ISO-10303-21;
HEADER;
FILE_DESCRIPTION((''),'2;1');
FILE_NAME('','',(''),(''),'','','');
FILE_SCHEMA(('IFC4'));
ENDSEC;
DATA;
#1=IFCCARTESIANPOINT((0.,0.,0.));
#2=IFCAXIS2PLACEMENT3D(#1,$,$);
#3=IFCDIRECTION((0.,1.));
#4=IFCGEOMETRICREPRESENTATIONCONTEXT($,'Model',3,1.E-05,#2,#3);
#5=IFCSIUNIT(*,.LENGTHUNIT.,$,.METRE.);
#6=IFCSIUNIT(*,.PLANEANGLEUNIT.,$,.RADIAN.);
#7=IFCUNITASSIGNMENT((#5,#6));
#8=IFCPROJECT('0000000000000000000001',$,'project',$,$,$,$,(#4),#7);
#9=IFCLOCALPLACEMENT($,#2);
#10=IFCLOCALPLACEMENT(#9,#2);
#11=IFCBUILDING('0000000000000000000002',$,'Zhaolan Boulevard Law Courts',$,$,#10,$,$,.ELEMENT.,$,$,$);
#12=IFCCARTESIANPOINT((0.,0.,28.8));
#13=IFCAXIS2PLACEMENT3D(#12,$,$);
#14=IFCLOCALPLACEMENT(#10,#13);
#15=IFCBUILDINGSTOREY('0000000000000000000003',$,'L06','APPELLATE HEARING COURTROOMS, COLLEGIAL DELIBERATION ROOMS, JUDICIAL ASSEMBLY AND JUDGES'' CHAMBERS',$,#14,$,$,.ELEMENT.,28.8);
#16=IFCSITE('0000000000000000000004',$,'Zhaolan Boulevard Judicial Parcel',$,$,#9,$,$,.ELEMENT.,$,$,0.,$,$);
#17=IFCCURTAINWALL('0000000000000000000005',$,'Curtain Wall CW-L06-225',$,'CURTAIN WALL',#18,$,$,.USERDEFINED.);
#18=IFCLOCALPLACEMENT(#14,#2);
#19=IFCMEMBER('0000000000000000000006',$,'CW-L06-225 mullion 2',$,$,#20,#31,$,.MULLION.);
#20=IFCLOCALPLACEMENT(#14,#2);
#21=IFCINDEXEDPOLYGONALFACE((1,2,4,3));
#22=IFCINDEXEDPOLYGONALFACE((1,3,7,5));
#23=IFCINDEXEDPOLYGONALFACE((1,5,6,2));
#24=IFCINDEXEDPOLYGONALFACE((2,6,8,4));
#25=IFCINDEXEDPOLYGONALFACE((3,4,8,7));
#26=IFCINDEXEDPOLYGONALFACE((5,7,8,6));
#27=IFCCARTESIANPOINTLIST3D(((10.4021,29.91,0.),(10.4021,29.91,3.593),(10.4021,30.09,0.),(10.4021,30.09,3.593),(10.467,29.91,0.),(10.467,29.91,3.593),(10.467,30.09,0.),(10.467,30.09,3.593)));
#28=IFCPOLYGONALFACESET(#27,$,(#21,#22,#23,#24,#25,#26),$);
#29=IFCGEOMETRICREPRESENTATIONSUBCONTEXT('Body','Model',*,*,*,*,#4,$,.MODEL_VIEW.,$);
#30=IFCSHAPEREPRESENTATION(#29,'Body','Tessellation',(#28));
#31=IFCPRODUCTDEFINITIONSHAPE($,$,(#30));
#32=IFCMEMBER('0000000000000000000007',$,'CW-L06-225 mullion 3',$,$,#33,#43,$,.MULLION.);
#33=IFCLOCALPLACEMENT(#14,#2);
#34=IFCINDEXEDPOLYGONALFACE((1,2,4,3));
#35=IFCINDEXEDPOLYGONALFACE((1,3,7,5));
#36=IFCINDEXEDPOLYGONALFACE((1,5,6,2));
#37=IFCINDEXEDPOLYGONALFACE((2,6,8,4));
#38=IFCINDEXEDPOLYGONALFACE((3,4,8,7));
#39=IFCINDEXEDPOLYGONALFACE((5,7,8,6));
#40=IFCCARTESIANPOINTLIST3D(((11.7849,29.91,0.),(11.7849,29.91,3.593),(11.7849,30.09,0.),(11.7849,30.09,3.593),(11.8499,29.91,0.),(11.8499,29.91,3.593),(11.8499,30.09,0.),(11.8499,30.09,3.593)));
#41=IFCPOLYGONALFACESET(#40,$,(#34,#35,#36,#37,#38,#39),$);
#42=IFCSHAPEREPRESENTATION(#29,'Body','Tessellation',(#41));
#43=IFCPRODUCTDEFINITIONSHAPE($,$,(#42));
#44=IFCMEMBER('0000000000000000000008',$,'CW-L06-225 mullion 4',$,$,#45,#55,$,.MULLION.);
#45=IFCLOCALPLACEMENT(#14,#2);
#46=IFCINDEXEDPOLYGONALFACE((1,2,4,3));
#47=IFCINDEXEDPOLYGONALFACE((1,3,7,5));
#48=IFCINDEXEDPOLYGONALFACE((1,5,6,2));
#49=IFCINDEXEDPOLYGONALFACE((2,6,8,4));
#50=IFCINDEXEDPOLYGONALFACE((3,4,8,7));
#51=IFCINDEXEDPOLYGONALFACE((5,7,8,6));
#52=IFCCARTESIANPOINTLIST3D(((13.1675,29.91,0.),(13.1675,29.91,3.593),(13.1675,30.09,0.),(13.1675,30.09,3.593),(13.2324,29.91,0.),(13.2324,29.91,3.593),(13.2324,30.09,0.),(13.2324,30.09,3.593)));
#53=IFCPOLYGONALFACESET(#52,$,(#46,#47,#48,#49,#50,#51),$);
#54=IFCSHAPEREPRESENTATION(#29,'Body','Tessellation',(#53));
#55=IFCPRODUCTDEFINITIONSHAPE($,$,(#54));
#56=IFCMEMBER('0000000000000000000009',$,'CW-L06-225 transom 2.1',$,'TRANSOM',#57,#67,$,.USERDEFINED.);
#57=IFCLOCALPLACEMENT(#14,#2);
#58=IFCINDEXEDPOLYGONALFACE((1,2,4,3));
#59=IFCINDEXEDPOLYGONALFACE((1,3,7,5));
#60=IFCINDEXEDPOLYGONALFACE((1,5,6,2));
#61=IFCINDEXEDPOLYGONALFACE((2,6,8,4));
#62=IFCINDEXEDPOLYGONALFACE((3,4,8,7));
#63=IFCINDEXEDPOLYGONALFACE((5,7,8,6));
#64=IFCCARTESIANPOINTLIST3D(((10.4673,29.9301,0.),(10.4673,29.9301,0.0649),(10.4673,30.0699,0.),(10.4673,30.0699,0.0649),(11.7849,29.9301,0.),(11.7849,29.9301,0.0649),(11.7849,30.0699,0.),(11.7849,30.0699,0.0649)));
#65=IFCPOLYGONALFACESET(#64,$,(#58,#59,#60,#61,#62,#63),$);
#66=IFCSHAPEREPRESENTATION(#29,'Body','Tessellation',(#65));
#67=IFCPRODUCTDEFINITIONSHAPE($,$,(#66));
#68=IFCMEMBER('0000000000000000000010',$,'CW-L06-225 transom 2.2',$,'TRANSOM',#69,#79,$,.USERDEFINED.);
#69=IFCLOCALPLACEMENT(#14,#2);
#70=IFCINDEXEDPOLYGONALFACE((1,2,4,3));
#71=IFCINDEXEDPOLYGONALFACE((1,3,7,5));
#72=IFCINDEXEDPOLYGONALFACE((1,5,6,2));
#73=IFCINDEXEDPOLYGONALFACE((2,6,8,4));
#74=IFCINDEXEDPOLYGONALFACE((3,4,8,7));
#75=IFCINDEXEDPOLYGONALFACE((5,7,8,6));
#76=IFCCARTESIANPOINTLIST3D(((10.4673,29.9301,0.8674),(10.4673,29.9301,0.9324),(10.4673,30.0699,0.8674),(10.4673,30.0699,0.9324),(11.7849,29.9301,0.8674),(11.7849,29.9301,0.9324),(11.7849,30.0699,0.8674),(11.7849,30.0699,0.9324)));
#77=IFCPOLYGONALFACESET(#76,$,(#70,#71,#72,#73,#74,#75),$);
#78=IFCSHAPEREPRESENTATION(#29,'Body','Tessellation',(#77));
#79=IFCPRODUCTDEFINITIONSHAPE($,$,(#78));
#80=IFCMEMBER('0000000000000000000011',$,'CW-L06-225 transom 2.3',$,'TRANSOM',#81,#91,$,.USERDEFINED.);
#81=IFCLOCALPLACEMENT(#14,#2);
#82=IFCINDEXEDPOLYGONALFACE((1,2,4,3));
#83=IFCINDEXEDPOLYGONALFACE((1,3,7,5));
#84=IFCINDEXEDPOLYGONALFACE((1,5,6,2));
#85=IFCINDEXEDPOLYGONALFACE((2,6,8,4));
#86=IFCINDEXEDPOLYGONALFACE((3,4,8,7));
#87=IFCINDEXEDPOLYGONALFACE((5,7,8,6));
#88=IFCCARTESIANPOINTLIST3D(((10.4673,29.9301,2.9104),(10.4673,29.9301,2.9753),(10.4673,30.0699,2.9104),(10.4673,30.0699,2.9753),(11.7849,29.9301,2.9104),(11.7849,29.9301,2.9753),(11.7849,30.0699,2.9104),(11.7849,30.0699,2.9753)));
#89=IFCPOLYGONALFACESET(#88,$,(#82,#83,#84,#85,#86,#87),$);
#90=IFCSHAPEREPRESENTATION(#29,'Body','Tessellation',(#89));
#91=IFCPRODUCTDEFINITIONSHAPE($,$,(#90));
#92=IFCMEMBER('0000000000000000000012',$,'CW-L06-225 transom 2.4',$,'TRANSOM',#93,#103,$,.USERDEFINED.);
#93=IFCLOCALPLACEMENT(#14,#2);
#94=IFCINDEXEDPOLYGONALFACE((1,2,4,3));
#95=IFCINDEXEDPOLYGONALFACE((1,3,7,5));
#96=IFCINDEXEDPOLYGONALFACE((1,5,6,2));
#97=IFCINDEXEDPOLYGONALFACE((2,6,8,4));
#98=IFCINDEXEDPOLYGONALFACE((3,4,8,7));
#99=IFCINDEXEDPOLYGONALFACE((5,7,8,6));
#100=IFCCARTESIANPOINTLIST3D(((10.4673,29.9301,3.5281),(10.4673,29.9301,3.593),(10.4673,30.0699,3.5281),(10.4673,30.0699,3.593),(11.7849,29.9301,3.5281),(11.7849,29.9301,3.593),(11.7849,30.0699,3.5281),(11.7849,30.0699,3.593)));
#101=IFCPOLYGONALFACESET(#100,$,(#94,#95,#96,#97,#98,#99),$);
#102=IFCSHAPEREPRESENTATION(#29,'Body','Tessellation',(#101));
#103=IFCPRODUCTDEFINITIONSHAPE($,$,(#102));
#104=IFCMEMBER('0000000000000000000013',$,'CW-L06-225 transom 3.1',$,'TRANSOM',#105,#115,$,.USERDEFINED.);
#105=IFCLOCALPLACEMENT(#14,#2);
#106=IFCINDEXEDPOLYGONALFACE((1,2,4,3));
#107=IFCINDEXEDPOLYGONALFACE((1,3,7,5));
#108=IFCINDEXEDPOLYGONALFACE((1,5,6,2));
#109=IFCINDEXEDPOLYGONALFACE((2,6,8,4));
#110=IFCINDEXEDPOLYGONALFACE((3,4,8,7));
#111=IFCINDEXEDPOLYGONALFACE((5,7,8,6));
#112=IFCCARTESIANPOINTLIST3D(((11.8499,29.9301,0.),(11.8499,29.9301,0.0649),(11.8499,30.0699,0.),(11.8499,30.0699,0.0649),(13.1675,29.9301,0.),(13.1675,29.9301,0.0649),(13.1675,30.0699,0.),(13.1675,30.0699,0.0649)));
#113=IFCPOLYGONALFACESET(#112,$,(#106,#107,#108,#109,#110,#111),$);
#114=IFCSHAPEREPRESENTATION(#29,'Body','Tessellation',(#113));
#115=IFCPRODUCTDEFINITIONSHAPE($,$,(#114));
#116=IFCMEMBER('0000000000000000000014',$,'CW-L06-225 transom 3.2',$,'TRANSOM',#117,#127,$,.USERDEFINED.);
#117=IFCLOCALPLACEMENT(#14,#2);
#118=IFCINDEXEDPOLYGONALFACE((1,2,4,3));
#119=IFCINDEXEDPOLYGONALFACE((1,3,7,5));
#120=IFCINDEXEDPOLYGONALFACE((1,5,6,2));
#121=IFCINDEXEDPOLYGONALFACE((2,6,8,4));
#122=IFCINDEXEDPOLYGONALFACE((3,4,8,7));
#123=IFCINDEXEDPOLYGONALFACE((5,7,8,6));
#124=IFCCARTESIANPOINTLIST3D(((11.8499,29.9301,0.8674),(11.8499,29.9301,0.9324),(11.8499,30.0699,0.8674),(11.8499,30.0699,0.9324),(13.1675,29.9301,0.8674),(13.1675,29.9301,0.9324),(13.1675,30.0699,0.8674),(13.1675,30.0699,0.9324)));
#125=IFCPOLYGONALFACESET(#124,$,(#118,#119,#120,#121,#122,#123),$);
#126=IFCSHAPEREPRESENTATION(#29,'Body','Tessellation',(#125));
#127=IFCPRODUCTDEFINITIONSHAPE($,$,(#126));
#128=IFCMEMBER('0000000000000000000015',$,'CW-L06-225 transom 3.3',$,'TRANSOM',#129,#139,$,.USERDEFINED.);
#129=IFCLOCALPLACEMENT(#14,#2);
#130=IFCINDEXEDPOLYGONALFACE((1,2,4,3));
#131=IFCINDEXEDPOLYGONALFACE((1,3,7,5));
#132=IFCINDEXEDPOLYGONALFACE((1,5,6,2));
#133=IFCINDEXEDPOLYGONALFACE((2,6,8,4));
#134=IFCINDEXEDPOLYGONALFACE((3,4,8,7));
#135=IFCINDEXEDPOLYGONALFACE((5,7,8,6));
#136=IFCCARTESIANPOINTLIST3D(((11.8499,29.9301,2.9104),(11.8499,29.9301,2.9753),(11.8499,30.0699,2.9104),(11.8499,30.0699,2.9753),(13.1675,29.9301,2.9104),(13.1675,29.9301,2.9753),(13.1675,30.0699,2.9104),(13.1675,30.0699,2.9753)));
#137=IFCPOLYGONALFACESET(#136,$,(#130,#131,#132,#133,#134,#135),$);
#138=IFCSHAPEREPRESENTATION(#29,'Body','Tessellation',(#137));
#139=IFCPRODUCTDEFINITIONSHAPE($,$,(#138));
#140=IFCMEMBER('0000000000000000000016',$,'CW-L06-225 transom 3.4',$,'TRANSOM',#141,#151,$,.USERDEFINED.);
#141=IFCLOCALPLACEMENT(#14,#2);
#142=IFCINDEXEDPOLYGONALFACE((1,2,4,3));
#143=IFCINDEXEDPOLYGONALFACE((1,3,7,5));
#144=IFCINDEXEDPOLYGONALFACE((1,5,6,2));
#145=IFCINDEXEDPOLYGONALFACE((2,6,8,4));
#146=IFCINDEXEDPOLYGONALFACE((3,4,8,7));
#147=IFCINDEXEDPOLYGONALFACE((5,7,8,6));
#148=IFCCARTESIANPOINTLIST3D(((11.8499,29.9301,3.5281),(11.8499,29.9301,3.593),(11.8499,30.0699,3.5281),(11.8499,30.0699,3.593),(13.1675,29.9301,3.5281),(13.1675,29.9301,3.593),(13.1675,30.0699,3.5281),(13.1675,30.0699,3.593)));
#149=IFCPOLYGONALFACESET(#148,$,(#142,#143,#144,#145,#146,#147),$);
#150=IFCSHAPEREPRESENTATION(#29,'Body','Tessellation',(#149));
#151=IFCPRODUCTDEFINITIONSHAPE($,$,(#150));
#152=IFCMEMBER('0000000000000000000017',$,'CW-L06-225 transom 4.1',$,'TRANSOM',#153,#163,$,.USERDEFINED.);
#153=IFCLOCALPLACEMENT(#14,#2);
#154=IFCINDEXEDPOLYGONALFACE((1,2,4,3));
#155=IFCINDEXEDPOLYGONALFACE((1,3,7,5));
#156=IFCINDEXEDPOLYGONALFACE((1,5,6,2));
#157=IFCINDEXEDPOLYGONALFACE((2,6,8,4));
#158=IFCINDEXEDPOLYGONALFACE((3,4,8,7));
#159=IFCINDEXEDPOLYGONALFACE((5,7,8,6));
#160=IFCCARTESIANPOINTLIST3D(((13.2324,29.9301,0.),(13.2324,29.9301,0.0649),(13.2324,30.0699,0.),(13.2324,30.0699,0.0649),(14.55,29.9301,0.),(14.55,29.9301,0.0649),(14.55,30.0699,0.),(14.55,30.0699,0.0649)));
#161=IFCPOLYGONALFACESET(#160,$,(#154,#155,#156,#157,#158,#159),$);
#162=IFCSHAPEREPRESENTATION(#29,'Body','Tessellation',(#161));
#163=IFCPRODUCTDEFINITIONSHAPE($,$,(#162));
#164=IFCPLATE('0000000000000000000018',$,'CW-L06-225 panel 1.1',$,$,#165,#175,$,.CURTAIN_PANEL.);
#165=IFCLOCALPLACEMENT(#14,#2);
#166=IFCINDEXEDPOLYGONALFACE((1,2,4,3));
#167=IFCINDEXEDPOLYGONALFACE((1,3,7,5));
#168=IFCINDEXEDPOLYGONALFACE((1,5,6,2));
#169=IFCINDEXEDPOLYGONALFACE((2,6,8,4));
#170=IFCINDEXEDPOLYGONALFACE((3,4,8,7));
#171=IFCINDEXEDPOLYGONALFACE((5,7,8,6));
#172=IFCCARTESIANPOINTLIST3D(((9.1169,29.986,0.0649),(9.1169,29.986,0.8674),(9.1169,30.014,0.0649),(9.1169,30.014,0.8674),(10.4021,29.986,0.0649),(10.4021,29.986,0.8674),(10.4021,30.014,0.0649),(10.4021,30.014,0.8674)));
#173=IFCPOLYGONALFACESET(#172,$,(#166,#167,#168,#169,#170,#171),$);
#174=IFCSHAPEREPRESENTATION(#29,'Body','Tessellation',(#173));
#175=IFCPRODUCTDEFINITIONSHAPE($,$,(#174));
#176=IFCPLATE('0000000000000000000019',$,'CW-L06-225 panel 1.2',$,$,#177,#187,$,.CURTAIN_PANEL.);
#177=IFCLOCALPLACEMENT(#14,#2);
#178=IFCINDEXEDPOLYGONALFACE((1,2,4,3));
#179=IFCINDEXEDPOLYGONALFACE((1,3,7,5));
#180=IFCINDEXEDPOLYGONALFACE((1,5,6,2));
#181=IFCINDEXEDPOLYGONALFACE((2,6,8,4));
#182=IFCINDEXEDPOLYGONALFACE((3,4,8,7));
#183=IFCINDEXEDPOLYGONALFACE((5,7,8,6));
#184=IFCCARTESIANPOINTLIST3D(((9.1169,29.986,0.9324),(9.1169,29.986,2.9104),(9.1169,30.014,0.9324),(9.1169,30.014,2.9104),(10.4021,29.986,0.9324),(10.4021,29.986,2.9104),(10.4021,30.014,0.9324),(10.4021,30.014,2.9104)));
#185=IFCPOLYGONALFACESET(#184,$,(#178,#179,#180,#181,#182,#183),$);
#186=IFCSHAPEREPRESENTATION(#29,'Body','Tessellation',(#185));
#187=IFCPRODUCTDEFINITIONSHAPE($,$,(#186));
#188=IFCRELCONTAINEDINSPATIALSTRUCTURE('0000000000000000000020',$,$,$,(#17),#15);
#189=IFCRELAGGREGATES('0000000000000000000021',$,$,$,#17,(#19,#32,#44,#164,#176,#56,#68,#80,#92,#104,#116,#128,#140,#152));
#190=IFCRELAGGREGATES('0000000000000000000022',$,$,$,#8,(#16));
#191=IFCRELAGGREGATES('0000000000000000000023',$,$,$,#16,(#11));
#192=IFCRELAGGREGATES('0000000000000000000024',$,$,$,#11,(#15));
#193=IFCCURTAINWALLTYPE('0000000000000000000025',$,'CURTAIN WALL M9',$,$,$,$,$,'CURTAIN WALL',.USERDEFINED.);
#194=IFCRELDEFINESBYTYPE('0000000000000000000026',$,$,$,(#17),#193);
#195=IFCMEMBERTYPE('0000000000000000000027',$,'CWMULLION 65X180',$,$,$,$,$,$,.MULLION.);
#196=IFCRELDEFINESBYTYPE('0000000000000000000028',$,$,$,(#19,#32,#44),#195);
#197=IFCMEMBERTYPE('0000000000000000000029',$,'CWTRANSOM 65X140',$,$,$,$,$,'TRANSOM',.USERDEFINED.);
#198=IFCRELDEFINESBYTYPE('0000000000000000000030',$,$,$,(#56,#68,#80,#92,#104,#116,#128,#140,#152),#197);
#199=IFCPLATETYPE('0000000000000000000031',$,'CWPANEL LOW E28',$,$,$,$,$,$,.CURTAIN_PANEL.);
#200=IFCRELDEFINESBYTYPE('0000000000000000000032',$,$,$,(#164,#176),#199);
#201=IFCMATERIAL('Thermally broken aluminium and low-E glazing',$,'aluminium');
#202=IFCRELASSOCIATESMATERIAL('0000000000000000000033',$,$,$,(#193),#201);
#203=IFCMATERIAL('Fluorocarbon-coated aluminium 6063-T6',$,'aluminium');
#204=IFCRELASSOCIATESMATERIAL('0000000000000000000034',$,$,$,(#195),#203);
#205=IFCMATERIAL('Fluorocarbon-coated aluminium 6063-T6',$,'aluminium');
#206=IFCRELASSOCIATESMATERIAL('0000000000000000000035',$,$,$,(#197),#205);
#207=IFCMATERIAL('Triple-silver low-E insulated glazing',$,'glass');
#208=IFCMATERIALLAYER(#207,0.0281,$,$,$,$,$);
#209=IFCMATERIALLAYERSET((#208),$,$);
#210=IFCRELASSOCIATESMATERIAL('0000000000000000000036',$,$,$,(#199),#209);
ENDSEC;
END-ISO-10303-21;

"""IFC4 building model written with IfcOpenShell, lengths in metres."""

from ifc_helpers import new_model, si_unit, direction, frame, origin, origin_2d, place, context, subcontext, project, spatial, rectangle, extrude, material, layer, layer_set, material_profile, profile_set, type_object, element, aggregate, save


model = new_model("IFC4")

# Units and contexts
model_context = context("Model", 3, precision=1e-05, world=origin(), true_north=direction((0.0, 1.0)))
body_context = subcontext(model_context, "Body", "Model", "MODEL_VIEW")
ifc_project = project(units=[si_unit("LENGTHUNIT", "METRE"), si_unit("PLANEANGLEUNIT", "RADIAN")], contexts=[model_context])

# Site, building, storey
site_placement = place(None, origin())
site = spatial("IfcSite", under=ifc_project, at=site_placement, Name="Zhaolan Boulevard Judicial Parcel", CompositionType="ELEMENT", RefElevation=0.0)
building_placement = place(site_placement, origin())
building = spatial("IfcBuilding", under=site, at=building_placement, Name="Zhaolan Boulevard Law Courts", CompositionType="ELEMENT")
storey_placement = place(building_placement, frame((0.0, 0.0, 28.8)))
storey = spatial("IfcBuildingStorey", under=building, at=storey_placement, Name="L06", Description="APPELLATE HEARING COURTROOMS, COLLEGIAL DELIBERATION ROOMS, JUDICIAL ASSEMBLY AND JUDGES' CHAMBERS", CompositionType="ELEMENT", Elevation=28.8)

# Curtain wall, members, plates
ifc_material_1 = material(Name="Thermally broken aluminium and low-E glazing", Category="aluminium")
curtain_wall_type = type_object("IfcCurtainWallType", Name="CURTAIN WALL M9", ElementType="CURTAIN WALL", PredefinedType="USERDEFINED", material=ifc_material_1)
curtain_wall_placement = place(storey_placement, origin())
curtain_wall = element("IfcCurtainWall", 1, at=curtain_wall_placement, inside=storey, type_object=curtain_wall_type, Name="Curtain Wall CW-L06-225", ObjectType="CURTAIN WALL", PredefinedType="USERDEFINED")
ifc_material_2 = material(Name="Fluorocarbon-coated aluminium 6063-T6", Category="aluminium")
ifc_material_profile_1 = material_profile(ifc_material_2, rectangle(XDim=0.1799, YDim=0.0649, at=origin_2d()), Name="AL65x180")
ifc_profile_set_1 = profile_set([ifc_material_profile_1], Name="Fluorocarbon-coated aluminium 6063-T6")
member_type_1 = type_object("IfcMemberType", Name="CWMULLION 65X180", PredefinedType="MULLION", material=ifc_profile_set_1)
member_1_placement = place(storey_placement, frame((10.4346, 30.0, 0.0), z_axis=(0.0, 0.0, 1.0), x_axis=(0.0, 1.0, 0.0)))
member_1 = element("IfcMember", 2, at=member_1_placement, type_object=member_type_1, Name="CW-L06-225 mullion 2", PredefinedType="MULLION", context=body_context, shape_type="SweptSolid", body=[
    extrude(rectangle(XDim=0.1799, YDim=0.0649, at=origin_2d()), origin(), (0.0, 0.0, 1.0), 3.593),
])
member_2_placement = place(storey_placement, frame((11.8174, 30.0, 0.0), z_axis=(0.0, 0.0, 1.0), x_axis=(0.0, 1.0, 0.0)))
member_2 = element("IfcMember", 3, at=member_2_placement, type_object=member_type_1, Name="CW-L06-225 mullion 3", PredefinedType="MULLION", context=body_context, shape_type="SweptSolid", body=[
    extrude(rectangle(XDim=0.1799, YDim=0.0649, at=origin_2d()), origin(), (0.0, 0.0, 1.0), 3.593),
])
member_3_placement = place(storey_placement, frame((13.2, 30.0, 0.0), z_axis=(0.0, 0.0, 1.0), x_axis=(0.0, 1.0, 0.0)))
member_3 = element("IfcMember", 4, at=member_3_placement, type_object=member_type_1, Name="CW-L06-225 mullion 4", PredefinedType="MULLION", context=body_context, shape_type="SweptSolid", body=[
    extrude(rectangle(XDim=0.1799, YDim=0.0649, at=origin_2d()), origin(), (0.0, 0.0, 1.0), 3.593),
])
ifc_material_3 = material(Name="Fluorocarbon-coated aluminium 6063-T6", Category="aluminium")
ifc_material_profile_2 = material_profile(ifc_material_3, rectangle(XDim=0.1399, YDim=0.0649, at=origin_2d()), Name="AL65x140")
ifc_profile_set_2 = profile_set([ifc_material_profile_2], Name="Fluorocarbon-coated aluminium 6063-T6")
member_type_2 = type_object("IfcMemberType", Name="CWTRANSOM 65X140", ElementType="TRANSOM", PredefinedType="USERDEFINED", material=ifc_profile_set_2)
member_4_placement = place(storey_placement, frame((10.4673, 30.0, 0.0325), z_axis=(1.0, 0.0, 0.0), x_axis=(0.0, 1.0, 0.0)))
member_4 = element("IfcMember", 5, at=member_4_placement, type_object=member_type_2, Name="CW-L06-225 transom 2.1", ObjectType="TRANSOM", PredefinedType="USERDEFINED", context=body_context, shape_type="SweptSolid", body=[
    extrude(rectangle(XDim=0.1399, YDim=0.0649, at=origin_2d()), origin(), (0.0, 0.0, 1.0), 1.3176),
])
member_5_placement = place(storey_placement, frame((10.4673, 30.0, 0.8999), z_axis=(1.0, 0.0, 0.0), x_axis=(0.0, 1.0, 0.0)))
member_5 = element("IfcMember", 6, at=member_5_placement, type_object=member_type_2, Name="CW-L06-225 transom 2.2", ObjectType="TRANSOM", PredefinedType="USERDEFINED", context=body_context, shape_type="SweptSolid", body=[
    extrude(rectangle(XDim=0.1399, YDim=0.0649, at=origin_2d()), origin(), (0.0, 0.0, 1.0), 1.3176),
])
member_6_placement = place(storey_placement, frame((10.4673, 30.0, 2.9429), z_axis=(1.0, 0.0, 0.0), x_axis=(0.0, 1.0, 0.0)))
member_6 = element("IfcMember", 7, at=member_6_placement, type_object=member_type_2, Name="CW-L06-225 transom 2.3", ObjectType="TRANSOM", PredefinedType="USERDEFINED", context=body_context, shape_type="SweptSolid", body=[
    extrude(rectangle(XDim=0.1399, YDim=0.0649, at=origin_2d()), origin(), (0.0, 0.0, 1.0), 1.3176),
])
member_7_placement = place(storey_placement, frame((10.4673, 30.0, 3.5605), z_axis=(1.0, 0.0, 0.0), x_axis=(0.0, 1.0, 0.0)))
member_7 = element("IfcMember", 8, at=member_7_placement, type_object=member_type_2, Name="CW-L06-225 transom 2.4", ObjectType="TRANSOM", PredefinedType="USERDEFINED", context=body_context, shape_type="SweptSolid", body=[
    extrude(rectangle(XDim=0.1399, YDim=0.0649, at=origin_2d()), origin(), (0.0, 0.0, 1.0), 1.3176),
])
member_8_placement = place(storey_placement, frame((11.8499, 30.0, 0.0325), z_axis=(1.0, 0.0, 0.0), x_axis=(0.0, 1.0, 0.0)))
member_8 = element("IfcMember", 9, at=member_8_placement, type_object=member_type_2, Name="CW-L06-225 transom 3.1", ObjectType="TRANSOM", PredefinedType="USERDEFINED", context=body_context, shape_type="SweptSolid", body=[
    extrude(rectangle(XDim=0.1399, YDim=0.0649, at=origin_2d()), origin(), (0.0, 0.0, 1.0), 1.3176),
])
member_9_placement = place(storey_placement, frame((11.8499, 30.0, 0.8999), z_axis=(1.0, 0.0, 0.0), x_axis=(0.0, 1.0, 0.0)))
member_9 = element("IfcMember", 10, at=member_9_placement, type_object=member_type_2, Name="CW-L06-225 transom 3.2", ObjectType="TRANSOM", PredefinedType="USERDEFINED", context=body_context, shape_type="SweptSolid", body=[
    extrude(rectangle(XDim=0.1399, YDim=0.0649, at=origin_2d()), origin(), (0.0, 0.0, 1.0), 1.3176),
])
member_10_placement = place(storey_placement, frame((11.8499, 30.0, 2.9429), z_axis=(1.0, 0.0, 0.0), x_axis=(0.0, 1.0, 0.0)))
member_10 = element("IfcMember", 11, at=member_10_placement, type_object=member_type_2, Name="CW-L06-225 transom 3.3", ObjectType="TRANSOM", PredefinedType="USERDEFINED", context=body_context, shape_type="SweptSolid", body=[
    extrude(rectangle(XDim=0.1399, YDim=0.0649, at=origin_2d()), origin(), (0.0, 0.0, 1.0), 1.3176),
])
member_11_placement = place(storey_placement, frame((11.8499, 30.0, 3.5605), z_axis=(1.0, 0.0, 0.0), x_axis=(0.0, 1.0, 0.0)))
member_11 = element("IfcMember", 12, at=member_11_placement, type_object=member_type_2, Name="CW-L06-225 transom 3.4", ObjectType="TRANSOM", PredefinedType="USERDEFINED", context=body_context, shape_type="SweptSolid", body=[
    extrude(rectangle(XDim=0.1399, YDim=0.0649, at=origin_2d()), origin(), (0.0, 0.0, 1.0), 1.3176),
])
member_12_placement = place(storey_placement, frame((13.2324, 30.0, 0.0325), z_axis=(1.0, 0.0, 0.0), x_axis=(0.0, 1.0, 0.0)))
member_12 = element("IfcMember", 13, at=member_12_placement, type_object=member_type_2, Name="CW-L06-225 transom 4.1", ObjectType="TRANSOM", PredefinedType="USERDEFINED", context=body_context, shape_type="SweptSolid", body=[
    extrude(rectangle(XDim=0.1399, YDim=0.0649, at=origin_2d()), origin(), (0.0, 0.0, 1.0), 1.3176),
])
ifc_material_4 = material(Name="Triple-silver low-E insulated glazing", Category="glass")
ifc_layer = layer(ifc_material_4, 0.0281)
ifc_layer_set = layer_set([ifc_layer])
plate_type = type_object("IfcPlateType", Name="CWPANEL LOW E28", PredefinedType="CURTAIN_PANEL", material=ifc_layer_set)
plate_1_placement = place(storey_placement, frame((9.7595, 30.0, 0.0649), z_axis=(0.0, 0.0, 1.0), x_axis=(1.0, 0.0, 0.0)))
plate_1 = element("IfcPlate", 14, at=plate_1_placement, type_object=plate_type, Name="CW-L06-225 panel 1.1", PredefinedType="CURTAIN_PANEL", context=body_context, shape_type="SweptSolid", body=[
    extrude(rectangle(XDim=1.2852, YDim=0.0281, at=origin_2d()), origin(), (0.0, 0.0, 1.0), 0.8025),
])
plate_2_placement = place(storey_placement, frame((9.7595, 30.0, 0.9324), z_axis=(0.0, 0.0, 1.0), x_axis=(1.0, 0.0, 0.0)))
plate_2 = element("IfcPlate", 15, at=plate_2_placement, type_object=plate_type, Name="CW-L06-225 panel 1.2", PredefinedType="CURTAIN_PANEL", context=body_context, shape_type="SweptSolid", body=[
    extrude(rectangle(XDim=1.2852, YDim=0.0281, at=origin_2d()), origin(), (0.0, 0.0, 1.0), 1.978),
])
aggregate(curtain_wall, [member_1, member_2, member_3, plate_1, plate_2, member_4, member_5, member_6, member_7, member_8, member_9, member_10, member_11, member_12])

save(model, "model.ifc")
